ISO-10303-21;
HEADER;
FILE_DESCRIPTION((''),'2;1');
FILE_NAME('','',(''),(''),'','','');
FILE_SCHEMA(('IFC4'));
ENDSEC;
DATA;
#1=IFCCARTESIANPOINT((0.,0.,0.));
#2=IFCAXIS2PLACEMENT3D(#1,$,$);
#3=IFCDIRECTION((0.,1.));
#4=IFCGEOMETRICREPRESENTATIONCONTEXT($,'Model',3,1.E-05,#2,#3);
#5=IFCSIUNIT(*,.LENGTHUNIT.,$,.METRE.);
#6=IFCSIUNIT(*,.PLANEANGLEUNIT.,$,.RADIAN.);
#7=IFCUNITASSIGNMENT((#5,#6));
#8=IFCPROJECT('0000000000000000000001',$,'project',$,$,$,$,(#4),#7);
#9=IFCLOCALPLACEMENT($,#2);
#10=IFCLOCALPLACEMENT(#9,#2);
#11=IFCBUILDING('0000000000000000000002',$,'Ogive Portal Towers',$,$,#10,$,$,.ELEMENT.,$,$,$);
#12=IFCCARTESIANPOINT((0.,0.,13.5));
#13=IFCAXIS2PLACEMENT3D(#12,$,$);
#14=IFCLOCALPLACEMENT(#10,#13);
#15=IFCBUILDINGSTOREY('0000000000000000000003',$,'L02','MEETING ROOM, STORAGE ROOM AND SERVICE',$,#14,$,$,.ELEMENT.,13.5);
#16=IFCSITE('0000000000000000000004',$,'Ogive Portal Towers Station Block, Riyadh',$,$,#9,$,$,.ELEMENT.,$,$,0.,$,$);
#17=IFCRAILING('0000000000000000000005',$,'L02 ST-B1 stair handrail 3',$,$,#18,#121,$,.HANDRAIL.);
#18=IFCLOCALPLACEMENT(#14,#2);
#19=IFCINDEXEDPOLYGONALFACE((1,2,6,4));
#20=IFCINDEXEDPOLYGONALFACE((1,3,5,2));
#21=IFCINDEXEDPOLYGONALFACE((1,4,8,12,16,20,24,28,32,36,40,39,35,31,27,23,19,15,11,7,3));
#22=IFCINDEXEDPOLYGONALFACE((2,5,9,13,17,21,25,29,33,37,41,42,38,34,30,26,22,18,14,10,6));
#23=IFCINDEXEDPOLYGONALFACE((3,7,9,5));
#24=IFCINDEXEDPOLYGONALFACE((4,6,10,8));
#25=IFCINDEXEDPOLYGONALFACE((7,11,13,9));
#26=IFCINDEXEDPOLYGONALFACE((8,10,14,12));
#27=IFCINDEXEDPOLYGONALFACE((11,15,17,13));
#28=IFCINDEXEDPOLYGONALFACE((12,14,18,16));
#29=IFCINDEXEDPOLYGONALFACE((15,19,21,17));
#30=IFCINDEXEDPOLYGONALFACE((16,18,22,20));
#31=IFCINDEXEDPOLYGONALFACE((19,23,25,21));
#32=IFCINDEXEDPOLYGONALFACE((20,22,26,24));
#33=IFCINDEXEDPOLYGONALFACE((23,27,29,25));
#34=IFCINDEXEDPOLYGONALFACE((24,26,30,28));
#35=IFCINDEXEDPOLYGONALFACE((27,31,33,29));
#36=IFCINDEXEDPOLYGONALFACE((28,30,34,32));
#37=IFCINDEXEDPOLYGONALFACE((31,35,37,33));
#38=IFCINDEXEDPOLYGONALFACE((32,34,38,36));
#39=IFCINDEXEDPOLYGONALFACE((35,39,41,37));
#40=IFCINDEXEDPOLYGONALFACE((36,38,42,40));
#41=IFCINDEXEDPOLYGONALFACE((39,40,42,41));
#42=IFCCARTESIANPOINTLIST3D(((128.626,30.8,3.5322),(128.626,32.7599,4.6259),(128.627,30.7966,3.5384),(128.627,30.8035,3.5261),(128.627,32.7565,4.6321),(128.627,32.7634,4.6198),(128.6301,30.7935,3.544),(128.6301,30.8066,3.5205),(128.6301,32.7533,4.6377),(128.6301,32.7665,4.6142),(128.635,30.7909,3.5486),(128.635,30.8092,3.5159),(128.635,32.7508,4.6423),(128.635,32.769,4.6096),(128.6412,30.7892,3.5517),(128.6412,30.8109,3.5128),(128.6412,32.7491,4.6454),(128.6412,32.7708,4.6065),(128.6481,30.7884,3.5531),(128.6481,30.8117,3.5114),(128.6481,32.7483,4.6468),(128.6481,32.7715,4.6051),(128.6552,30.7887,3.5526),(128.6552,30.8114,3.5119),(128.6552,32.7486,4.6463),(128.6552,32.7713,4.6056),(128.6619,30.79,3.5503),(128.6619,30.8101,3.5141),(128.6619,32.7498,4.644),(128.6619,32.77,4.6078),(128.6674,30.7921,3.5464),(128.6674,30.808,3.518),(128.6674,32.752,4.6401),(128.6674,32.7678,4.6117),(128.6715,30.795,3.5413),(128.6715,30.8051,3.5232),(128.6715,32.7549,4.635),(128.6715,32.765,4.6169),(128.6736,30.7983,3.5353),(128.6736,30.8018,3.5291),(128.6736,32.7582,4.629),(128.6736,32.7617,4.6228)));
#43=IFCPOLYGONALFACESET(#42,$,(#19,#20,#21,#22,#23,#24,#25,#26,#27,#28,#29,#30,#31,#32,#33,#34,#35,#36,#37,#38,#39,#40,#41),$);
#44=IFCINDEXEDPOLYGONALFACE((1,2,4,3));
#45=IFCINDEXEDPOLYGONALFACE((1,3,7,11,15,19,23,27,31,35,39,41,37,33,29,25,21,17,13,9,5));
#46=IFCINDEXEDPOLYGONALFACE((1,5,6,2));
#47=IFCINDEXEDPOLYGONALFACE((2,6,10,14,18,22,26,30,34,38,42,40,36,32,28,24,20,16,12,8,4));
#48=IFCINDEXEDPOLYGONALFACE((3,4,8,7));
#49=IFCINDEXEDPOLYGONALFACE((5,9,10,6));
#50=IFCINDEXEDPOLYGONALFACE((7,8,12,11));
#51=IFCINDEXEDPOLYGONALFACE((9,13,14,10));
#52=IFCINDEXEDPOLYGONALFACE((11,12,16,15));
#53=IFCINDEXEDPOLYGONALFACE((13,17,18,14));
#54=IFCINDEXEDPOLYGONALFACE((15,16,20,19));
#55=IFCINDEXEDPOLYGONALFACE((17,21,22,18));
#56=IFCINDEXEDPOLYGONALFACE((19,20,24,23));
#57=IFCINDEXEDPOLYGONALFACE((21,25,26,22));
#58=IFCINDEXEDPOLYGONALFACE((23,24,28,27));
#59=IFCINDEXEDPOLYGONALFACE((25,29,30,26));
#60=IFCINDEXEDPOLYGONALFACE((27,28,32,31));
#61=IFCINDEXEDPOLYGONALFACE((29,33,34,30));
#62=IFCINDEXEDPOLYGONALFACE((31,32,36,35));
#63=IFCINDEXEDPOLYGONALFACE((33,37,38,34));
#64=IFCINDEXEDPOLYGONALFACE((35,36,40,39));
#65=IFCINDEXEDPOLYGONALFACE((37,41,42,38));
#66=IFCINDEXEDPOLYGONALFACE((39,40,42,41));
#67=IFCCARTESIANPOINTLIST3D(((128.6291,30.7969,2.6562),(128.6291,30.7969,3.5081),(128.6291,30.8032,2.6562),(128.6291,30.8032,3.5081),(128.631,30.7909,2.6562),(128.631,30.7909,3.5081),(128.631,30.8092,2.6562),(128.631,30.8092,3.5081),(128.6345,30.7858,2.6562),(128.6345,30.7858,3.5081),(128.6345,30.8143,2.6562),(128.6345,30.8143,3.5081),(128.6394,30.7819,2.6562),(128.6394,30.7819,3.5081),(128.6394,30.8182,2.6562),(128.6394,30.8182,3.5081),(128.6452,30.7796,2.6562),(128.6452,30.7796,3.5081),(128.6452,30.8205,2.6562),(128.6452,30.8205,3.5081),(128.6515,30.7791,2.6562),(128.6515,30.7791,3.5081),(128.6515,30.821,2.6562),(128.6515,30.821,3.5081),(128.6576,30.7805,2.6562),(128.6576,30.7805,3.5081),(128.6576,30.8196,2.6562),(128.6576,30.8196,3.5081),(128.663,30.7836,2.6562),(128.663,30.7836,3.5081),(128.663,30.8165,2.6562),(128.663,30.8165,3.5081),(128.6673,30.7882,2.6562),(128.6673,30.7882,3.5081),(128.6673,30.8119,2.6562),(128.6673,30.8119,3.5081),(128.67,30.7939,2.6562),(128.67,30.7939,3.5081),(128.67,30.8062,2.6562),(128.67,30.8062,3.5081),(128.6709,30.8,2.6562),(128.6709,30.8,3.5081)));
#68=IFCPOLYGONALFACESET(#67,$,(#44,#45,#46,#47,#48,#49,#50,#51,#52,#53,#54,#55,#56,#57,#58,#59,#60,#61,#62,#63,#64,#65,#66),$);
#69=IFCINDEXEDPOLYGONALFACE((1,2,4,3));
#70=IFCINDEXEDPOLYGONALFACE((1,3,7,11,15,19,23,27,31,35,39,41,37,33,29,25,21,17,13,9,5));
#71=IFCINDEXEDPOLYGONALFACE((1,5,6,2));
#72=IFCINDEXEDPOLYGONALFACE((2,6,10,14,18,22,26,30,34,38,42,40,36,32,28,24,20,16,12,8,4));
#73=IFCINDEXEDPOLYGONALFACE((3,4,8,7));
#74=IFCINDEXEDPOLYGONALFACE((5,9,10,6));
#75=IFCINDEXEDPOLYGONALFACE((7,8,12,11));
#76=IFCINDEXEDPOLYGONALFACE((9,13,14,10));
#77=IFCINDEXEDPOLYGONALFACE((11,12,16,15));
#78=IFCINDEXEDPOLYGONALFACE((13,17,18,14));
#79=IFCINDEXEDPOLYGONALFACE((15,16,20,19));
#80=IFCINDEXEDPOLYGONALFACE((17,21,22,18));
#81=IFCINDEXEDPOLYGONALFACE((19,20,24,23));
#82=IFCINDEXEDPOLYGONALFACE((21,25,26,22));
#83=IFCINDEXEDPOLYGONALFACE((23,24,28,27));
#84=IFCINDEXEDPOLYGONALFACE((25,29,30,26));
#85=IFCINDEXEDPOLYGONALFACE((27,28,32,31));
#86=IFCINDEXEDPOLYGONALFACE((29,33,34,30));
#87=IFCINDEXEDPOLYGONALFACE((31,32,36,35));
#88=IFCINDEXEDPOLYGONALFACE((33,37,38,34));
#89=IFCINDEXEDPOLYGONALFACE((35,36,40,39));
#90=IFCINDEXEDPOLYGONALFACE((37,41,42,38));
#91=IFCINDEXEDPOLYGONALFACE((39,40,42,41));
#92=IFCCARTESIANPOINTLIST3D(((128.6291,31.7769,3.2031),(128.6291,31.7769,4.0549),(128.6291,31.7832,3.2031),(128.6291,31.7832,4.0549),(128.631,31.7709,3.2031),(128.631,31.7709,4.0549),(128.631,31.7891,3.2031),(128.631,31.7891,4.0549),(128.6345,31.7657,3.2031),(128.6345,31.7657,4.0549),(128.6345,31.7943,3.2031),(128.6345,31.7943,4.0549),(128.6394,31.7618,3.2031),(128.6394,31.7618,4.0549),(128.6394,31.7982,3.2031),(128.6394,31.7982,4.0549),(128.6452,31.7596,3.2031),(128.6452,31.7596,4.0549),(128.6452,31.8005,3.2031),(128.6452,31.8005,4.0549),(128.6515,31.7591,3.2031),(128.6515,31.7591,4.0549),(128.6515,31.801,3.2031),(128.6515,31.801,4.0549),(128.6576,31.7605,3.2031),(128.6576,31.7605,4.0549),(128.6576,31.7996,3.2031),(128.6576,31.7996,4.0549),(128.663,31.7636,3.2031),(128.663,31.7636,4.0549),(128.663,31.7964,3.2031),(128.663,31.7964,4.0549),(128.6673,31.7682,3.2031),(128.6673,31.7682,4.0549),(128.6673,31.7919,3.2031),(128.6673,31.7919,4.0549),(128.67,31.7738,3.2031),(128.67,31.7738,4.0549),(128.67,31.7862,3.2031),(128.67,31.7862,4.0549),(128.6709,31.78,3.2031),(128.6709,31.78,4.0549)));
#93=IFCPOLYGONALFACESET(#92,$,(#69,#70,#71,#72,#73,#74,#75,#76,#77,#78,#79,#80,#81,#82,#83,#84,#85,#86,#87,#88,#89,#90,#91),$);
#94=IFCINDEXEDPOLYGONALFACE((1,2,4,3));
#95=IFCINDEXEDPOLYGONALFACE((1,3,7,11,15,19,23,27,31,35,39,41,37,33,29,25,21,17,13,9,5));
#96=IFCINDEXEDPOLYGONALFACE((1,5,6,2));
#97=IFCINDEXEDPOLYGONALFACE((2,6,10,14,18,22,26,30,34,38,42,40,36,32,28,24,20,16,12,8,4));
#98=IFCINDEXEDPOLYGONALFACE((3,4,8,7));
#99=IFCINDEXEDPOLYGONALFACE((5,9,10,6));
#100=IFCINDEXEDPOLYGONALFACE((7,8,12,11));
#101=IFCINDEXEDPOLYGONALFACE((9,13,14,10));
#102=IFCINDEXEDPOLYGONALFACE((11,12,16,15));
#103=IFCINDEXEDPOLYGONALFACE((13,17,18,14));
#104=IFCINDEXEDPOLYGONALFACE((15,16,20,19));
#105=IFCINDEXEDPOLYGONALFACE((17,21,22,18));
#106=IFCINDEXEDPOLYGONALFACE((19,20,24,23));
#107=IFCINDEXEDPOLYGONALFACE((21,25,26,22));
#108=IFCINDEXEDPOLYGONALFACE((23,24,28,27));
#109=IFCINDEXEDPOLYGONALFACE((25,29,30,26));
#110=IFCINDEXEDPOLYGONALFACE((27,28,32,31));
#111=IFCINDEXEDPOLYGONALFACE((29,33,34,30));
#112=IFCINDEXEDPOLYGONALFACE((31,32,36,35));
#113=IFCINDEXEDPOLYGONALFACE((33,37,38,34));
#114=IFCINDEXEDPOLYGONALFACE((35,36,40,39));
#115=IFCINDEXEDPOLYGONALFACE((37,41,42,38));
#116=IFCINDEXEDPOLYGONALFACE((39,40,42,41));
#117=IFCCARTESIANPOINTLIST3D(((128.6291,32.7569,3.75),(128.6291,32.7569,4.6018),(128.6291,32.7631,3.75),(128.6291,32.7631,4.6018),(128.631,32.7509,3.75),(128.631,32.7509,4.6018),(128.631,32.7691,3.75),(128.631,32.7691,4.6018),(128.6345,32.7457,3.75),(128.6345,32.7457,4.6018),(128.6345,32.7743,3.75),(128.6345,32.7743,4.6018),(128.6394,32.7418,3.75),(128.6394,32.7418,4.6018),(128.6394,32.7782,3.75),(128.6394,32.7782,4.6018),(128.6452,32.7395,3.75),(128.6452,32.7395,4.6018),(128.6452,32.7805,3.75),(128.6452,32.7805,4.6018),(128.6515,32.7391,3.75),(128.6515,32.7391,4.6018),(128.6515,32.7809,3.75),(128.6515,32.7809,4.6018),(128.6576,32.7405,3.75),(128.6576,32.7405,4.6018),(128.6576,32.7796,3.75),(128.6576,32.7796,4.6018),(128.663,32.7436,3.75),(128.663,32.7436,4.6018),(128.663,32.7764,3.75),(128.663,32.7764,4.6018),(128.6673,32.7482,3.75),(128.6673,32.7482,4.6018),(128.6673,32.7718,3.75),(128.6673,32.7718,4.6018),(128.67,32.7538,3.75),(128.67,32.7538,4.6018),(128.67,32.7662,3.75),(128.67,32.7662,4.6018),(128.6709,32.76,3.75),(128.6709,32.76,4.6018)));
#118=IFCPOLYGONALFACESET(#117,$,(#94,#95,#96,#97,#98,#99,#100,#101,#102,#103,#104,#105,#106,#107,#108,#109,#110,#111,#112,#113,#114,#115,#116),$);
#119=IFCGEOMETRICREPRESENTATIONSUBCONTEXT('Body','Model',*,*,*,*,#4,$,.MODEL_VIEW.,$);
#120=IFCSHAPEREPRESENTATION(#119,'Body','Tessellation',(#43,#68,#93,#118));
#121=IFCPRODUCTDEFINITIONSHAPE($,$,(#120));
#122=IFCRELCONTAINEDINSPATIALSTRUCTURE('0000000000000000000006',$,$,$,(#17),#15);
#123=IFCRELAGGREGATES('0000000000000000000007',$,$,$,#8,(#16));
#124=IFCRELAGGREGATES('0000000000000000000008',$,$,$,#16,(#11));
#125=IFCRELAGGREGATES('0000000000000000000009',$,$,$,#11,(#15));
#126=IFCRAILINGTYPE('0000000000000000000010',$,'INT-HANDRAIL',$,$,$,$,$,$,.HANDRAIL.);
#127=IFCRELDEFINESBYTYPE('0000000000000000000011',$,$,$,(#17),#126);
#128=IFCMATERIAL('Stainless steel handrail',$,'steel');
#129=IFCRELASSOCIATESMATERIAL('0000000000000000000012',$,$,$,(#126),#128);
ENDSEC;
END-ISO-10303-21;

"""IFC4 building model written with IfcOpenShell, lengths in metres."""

from ifc_helpers import new_model, si_unit, direction, frame, origin, origin_2d, place, context, subcontext, project, spatial, circle, extrude, material, type_object, element, save


model = new_model("IFC4")

# Units and contexts
model_context = context("Model", 3, precision=1e-05, world=origin(), true_north=direction((0.0, 1.0)))
body_context = subcontext(model_context, "Body", "Model", "MODEL_VIEW")
ifc_project = project(units=[si_unit("LENGTHUNIT", "METRE"), si_unit("PLANEANGLEUNIT", "RADIAN")], contexts=[model_context])

# Site, building, storey
site_placement = place(None, origin())
site = spatial("IfcSite", under=ifc_project, at=site_placement, Name="Ogive Portal Towers Station Block, Riyadh", CompositionType="ELEMENT", RefElevation=0.0)
building_placement = place(site_placement, origin())
building = spatial("IfcBuilding", under=site, at=building_placement, Name="Ogive Portal Towers", CompositionType="ELEMENT")
storey_placement = place(building_placement, frame((0.0, 0.0, 13.5)))
storey = spatial("IfcBuildingStorey", under=building, at=storey_placement, Name="L02", Description="MEETING ROOM, STORAGE ROOM AND SERVICE", CompositionType="ELEMENT", Elevation=13.5)

# Railing
ifc_material_1 = material(Name="Stainless steel handrail", Category="steel")
railing_type_1 = type_object("IfcRailingType", Name="INT-HANDRAIL", PredefinedType="HANDRAIL", material=ifc_material_1)
railing_1_placement = place(storey_placement, frame((128.6499, 30.8, 2.6562)))
element("IfcRailing", 1, at=railing_1_placement, inside=storey, type_object=railing_type_1, Name="L02 ST-B1 stair handrail 3", PredefinedType="HANDRAIL", context=body_context, shape_type="SweptSolid", body=[
    extrude(circle(Radius=0.0239, at=origin_2d()), frame((0.0, 0.0, 0.876), z_axis=(0.0, 0.873232, 0.487304), x_axis=(-1.0, 0.0, 0.0)), (0.0, 0.0, 1.0), 2.2444),
    extrude(circle(Radius=0.021, at=origin_2d()), origin(), (0.0, 0.0, 1.0), 0.8518),
    extrude(circle(Radius=0.021, at=origin_2d()), frame((0.0, 0.98, 0.5469)), (0.0, 0.0, 1.0), 0.8518),
    extrude(circle(Radius=0.021, at=origin_2d()), frame((0.0, 1.96, 1.0938)), (0.0, 0.0, 1.0), 0.8518),
])

save(model, "model.ifc")
